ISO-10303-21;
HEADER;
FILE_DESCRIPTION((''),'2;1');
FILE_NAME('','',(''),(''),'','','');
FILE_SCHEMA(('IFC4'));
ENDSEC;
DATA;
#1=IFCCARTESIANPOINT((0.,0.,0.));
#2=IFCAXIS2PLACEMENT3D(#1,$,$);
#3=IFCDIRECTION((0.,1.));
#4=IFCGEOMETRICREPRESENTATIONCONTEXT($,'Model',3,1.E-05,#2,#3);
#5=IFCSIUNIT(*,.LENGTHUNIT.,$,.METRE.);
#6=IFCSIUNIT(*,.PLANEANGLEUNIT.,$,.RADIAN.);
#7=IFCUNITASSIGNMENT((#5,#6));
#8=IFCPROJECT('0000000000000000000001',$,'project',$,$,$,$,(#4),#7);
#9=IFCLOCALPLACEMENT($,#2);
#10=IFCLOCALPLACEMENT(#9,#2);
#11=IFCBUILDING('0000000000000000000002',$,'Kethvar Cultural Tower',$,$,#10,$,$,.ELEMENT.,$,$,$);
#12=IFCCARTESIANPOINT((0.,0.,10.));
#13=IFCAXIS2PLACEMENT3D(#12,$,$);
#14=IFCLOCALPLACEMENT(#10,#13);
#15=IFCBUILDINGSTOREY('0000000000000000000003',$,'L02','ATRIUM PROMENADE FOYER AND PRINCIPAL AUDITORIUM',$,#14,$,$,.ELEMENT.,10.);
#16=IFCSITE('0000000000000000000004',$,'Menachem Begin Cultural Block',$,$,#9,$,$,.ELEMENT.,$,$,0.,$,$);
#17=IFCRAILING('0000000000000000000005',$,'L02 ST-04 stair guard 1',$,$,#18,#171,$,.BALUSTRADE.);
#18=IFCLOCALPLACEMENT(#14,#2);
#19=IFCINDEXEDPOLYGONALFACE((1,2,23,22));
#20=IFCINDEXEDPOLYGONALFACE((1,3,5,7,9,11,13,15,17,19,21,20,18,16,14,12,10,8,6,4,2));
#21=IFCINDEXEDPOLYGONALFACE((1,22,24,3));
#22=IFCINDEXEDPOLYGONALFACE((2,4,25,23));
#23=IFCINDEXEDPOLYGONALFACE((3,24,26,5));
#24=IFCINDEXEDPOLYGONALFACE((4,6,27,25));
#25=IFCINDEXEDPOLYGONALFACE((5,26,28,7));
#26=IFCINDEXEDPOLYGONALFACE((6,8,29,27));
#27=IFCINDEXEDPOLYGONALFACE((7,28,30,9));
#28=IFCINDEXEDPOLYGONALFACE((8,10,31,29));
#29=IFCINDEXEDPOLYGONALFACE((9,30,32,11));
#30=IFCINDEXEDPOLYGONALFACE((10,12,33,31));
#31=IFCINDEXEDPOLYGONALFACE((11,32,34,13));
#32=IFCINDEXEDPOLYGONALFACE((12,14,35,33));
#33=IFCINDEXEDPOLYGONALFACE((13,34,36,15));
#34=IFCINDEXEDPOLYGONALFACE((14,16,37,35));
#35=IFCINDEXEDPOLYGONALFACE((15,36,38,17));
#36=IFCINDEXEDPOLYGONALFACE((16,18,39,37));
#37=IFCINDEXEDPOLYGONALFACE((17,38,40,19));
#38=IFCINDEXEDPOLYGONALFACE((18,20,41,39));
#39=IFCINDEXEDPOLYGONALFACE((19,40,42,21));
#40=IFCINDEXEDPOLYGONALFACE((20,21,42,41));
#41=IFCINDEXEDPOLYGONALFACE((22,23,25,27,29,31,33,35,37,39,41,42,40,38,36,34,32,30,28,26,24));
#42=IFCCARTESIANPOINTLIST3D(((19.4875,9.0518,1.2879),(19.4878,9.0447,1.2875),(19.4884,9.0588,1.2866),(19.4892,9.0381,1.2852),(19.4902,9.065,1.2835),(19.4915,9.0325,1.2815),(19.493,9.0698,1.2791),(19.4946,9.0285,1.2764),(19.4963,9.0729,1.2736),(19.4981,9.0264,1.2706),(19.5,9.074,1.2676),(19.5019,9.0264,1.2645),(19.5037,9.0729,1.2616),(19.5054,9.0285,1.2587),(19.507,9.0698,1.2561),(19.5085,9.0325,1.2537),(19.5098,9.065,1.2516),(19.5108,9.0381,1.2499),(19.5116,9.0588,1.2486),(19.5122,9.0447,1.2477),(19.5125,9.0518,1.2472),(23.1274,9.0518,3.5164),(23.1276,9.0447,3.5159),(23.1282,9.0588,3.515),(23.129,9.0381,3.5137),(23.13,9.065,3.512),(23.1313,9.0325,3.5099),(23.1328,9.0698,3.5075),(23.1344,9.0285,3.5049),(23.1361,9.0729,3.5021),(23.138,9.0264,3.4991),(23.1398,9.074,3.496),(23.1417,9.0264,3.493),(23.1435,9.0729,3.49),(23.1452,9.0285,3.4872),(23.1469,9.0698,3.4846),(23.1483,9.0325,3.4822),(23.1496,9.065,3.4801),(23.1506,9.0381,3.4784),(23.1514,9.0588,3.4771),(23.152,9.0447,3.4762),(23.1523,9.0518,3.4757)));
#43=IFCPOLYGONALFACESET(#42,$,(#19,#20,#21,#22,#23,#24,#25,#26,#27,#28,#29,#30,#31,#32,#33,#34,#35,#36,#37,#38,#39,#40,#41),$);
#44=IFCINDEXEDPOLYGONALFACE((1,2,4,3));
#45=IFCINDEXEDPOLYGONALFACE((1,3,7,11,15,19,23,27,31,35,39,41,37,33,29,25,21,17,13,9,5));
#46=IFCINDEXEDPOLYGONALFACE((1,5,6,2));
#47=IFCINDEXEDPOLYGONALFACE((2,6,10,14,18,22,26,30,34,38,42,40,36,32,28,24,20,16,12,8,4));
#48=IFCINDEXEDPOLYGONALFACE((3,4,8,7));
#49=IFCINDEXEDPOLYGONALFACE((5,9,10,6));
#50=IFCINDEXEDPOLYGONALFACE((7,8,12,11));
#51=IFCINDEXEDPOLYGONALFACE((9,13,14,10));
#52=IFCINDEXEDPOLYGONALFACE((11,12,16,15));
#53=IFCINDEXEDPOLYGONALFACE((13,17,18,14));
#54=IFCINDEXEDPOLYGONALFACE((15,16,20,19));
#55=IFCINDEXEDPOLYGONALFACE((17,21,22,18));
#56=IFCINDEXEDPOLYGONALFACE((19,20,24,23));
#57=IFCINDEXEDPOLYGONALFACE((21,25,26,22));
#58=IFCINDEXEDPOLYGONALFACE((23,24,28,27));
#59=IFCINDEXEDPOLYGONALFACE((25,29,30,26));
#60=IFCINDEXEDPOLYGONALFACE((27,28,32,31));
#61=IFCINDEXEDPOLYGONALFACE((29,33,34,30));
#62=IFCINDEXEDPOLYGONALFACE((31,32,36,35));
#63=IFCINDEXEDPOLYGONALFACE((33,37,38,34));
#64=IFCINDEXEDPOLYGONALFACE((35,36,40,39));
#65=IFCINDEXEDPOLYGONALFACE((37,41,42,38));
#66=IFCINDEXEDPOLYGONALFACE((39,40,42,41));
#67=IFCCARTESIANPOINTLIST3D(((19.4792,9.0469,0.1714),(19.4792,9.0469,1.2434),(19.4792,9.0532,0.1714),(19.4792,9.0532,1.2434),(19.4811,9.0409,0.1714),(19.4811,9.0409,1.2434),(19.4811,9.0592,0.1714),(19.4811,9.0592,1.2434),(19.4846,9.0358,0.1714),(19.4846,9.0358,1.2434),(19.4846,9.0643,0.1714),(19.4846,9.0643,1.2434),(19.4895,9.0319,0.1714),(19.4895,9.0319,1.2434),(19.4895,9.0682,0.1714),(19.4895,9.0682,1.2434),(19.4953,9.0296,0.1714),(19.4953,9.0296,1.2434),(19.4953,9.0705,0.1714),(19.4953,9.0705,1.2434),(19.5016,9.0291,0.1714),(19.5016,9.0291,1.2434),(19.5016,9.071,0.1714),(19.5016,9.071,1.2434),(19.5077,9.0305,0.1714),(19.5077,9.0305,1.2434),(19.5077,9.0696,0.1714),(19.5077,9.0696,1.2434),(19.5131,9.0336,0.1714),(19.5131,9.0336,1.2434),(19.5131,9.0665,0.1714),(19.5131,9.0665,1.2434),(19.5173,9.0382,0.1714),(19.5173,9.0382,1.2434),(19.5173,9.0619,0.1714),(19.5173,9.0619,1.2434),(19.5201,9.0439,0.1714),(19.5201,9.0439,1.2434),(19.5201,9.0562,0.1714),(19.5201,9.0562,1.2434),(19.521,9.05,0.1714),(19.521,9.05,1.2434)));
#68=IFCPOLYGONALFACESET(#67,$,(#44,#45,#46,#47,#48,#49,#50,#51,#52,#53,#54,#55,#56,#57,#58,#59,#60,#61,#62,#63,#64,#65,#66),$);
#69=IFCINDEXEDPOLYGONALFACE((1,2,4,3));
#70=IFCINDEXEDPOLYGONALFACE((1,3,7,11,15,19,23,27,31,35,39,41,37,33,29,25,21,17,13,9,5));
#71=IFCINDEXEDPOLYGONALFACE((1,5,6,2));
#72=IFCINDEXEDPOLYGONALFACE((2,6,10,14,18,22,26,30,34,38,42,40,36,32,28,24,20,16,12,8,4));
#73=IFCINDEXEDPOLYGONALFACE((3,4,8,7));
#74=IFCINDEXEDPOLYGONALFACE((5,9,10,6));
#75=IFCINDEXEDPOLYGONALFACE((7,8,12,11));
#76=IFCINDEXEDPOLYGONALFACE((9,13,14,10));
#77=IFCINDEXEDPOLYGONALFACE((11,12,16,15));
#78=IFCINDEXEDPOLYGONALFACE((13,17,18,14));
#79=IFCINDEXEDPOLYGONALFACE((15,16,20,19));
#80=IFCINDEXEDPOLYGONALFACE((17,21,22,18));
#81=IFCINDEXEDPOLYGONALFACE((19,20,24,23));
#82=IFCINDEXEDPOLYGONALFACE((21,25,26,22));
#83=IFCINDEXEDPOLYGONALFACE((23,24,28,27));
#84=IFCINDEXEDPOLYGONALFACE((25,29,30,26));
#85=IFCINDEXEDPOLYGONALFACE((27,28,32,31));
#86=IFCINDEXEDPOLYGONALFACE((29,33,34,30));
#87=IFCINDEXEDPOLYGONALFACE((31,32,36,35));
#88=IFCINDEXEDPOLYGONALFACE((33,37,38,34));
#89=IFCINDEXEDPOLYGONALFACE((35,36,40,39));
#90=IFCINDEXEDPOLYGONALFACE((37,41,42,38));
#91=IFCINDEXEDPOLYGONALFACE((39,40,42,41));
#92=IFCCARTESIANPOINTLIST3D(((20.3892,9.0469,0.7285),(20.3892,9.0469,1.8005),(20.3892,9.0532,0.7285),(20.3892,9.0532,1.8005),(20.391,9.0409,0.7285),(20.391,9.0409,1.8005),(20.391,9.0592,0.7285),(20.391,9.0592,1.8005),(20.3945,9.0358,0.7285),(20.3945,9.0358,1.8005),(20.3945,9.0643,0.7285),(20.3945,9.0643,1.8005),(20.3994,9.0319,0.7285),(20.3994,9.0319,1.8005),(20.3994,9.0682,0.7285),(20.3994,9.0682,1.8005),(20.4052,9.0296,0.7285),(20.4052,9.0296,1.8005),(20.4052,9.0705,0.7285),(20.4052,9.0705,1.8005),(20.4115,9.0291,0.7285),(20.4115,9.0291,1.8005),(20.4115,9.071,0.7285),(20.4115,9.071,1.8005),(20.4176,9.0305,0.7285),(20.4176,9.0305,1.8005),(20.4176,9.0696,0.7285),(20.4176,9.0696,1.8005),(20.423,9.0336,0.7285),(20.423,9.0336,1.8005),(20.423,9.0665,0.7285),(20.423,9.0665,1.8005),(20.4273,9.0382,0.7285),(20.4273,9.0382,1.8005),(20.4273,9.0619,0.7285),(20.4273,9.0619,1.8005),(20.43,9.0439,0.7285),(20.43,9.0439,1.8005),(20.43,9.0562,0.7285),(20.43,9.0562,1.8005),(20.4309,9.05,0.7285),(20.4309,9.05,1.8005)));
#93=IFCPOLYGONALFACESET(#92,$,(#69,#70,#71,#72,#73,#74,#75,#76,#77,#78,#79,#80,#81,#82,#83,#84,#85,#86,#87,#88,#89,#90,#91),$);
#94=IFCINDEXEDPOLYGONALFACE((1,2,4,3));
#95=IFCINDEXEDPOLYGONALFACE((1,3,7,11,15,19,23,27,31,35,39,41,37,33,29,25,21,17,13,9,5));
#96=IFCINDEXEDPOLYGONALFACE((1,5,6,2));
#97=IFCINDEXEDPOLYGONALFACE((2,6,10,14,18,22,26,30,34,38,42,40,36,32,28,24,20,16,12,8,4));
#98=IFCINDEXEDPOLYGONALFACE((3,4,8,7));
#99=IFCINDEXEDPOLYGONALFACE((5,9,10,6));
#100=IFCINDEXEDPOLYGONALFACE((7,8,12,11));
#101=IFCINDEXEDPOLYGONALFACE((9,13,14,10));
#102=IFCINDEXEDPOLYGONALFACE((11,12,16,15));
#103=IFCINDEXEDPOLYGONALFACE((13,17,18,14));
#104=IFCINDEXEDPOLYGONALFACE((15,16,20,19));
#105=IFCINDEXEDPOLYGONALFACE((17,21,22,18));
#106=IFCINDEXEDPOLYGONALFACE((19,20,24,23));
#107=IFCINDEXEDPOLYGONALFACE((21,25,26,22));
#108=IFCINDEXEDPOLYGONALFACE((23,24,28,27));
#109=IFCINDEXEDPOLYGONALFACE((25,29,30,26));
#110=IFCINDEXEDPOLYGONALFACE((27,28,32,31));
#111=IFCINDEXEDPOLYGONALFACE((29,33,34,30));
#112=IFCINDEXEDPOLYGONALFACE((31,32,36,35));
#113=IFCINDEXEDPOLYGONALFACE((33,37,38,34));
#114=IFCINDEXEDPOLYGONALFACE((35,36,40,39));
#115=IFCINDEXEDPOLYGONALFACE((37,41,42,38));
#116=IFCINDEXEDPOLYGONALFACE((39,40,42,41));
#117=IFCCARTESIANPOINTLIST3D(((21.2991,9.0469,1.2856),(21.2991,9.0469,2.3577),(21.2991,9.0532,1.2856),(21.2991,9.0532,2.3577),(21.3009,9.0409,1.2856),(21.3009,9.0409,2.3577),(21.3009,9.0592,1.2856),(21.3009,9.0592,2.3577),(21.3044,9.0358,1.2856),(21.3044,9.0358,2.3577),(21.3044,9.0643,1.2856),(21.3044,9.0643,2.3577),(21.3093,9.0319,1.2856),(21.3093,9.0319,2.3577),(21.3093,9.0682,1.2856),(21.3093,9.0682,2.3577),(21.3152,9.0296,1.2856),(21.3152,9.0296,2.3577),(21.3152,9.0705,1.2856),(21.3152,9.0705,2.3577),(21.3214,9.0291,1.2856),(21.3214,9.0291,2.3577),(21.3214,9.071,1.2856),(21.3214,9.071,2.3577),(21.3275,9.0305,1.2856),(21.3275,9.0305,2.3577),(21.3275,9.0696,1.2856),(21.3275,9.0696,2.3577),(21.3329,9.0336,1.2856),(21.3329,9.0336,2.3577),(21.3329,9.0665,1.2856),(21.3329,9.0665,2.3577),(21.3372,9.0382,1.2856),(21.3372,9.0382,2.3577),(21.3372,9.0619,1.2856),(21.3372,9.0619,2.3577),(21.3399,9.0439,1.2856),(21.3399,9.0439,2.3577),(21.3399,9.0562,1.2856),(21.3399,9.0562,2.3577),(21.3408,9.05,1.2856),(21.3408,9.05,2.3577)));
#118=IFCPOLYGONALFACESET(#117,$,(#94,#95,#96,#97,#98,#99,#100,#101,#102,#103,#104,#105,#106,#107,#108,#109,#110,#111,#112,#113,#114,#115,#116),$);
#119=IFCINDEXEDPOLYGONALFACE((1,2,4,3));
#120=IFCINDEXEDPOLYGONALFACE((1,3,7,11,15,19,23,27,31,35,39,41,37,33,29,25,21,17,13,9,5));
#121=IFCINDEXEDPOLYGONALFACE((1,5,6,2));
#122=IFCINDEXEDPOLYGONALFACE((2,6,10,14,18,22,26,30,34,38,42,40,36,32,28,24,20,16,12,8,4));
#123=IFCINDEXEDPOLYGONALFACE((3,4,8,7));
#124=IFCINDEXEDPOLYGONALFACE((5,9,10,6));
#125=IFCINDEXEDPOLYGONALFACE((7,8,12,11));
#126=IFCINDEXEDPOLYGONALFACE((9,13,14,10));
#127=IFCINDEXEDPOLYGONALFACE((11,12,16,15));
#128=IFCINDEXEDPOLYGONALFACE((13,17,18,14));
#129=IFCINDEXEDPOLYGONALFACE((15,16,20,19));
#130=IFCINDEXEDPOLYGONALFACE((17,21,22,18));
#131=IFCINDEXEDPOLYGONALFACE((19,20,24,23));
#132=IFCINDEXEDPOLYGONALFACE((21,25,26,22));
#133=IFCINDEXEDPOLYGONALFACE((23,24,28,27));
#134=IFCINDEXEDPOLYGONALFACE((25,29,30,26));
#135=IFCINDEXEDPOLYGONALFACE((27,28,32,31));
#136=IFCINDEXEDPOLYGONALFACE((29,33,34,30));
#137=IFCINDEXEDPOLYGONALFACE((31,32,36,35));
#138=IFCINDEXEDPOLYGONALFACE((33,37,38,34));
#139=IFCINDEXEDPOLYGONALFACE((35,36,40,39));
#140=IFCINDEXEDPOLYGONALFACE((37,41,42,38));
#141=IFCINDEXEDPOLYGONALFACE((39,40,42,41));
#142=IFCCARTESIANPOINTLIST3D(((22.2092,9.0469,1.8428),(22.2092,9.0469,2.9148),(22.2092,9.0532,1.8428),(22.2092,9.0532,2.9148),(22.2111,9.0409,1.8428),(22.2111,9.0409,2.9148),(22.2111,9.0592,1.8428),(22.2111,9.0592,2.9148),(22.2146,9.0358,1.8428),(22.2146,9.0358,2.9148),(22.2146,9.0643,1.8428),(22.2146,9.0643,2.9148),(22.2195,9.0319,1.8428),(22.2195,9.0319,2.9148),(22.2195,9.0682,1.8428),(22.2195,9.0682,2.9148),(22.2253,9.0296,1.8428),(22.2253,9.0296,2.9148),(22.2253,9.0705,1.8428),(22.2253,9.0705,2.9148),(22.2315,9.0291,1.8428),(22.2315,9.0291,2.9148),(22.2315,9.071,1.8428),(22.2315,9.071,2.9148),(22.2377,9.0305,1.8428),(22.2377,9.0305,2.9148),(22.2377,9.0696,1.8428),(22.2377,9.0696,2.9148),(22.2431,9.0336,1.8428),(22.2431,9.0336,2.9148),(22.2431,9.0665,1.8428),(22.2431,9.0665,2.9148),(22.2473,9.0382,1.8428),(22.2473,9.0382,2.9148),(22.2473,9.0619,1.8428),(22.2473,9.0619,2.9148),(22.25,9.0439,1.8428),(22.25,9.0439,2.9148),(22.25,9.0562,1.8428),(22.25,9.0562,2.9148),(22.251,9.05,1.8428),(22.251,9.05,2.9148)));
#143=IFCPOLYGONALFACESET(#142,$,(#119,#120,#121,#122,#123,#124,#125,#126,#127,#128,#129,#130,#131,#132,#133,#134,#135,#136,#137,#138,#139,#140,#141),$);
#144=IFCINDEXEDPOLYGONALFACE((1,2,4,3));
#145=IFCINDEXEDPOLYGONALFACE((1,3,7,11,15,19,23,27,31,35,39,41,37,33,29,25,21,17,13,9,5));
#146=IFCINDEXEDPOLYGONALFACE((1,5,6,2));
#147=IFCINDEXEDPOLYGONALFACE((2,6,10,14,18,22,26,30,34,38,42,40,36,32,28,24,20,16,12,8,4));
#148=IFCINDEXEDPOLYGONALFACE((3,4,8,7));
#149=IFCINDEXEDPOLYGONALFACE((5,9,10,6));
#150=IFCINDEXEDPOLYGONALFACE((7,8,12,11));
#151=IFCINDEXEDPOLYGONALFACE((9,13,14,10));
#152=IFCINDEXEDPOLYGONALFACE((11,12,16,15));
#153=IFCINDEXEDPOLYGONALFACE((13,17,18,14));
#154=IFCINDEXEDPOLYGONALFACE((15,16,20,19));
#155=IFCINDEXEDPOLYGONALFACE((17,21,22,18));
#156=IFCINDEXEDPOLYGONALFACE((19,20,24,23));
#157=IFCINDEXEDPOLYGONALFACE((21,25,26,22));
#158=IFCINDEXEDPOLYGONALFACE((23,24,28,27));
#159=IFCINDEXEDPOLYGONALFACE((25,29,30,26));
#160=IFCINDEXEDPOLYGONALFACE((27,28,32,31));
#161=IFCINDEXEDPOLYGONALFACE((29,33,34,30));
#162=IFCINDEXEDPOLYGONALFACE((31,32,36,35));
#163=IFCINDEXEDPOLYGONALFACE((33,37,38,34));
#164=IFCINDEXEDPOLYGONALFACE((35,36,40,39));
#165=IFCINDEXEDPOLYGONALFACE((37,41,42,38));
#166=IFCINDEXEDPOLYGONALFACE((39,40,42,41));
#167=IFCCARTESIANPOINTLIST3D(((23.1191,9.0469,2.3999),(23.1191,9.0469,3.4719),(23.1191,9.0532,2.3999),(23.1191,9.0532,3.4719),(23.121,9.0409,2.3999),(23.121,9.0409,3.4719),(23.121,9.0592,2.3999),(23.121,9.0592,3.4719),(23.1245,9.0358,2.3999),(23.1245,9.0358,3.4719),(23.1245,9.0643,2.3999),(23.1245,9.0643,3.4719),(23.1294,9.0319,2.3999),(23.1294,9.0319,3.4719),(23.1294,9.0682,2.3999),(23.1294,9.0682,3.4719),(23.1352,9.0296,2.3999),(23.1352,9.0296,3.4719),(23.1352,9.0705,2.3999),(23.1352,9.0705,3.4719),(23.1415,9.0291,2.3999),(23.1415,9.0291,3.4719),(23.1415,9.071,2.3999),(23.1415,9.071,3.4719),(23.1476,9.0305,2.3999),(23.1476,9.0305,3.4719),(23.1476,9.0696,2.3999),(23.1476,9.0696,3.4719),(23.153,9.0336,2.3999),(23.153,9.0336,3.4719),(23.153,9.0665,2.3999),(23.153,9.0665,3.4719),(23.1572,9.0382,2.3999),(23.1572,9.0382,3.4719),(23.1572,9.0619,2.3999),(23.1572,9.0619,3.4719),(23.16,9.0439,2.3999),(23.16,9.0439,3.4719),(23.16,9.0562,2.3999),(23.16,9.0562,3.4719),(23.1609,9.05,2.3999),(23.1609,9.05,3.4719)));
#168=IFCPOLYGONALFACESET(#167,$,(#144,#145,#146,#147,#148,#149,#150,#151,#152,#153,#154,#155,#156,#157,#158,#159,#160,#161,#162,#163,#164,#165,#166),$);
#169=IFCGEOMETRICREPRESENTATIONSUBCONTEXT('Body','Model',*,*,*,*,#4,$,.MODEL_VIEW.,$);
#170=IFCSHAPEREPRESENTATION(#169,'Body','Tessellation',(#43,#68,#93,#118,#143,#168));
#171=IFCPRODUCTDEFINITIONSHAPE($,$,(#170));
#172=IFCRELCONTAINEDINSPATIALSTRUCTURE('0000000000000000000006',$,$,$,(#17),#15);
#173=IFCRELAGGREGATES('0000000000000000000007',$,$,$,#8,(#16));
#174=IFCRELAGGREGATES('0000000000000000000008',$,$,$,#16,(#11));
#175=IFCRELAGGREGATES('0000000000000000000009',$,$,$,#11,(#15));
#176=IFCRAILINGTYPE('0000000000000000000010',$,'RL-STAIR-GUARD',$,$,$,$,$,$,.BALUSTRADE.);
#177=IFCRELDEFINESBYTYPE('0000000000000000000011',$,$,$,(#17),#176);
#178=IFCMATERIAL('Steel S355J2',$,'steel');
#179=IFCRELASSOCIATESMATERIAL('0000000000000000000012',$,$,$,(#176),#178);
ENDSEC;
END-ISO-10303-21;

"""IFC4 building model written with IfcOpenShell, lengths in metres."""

from ifc_helpers import new_model, si_unit, direction, frame, origin, origin_2d, place, context, subcontext, project, spatial, circle, extrude, material, type_object, element, save


model = new_model("IFC4")

# Units and contexts
model_context = context("Model", 3, precision=1e-05, world=origin(), true_north=direction((0.0, 1.0)))
body_context = subcontext(model_context, "Body", "Model", "MODEL_VIEW")
ifc_project = project(units=[si_unit("LENGTHUNIT", "METRE"), si_unit("PLANEANGLEUNIT", "RADIAN")], contexts=[model_context])

# Site, building, storey
site_placement = place(None, origin())
site = spatial("IfcSite", under=ifc_project, at=site_placement, Name="Menachem Begin Cultural Block", CompositionType="ELEMENT", RefElevation=0.0)
building_placement = place(site_placement, origin())
building = spatial("IfcBuilding", under=site, at=building_placement, Name="Kethvar Cultural Tower", CompositionType="ELEMENT")
storey_placement = place(building_placement, frame((0.0, 0.0, 10.0)))
storey = spatial("IfcBuildingStorey", under=building, at=storey_placement, Name="L02", Description="ATRIUM PROMENADE FOYER AND PRINCIPAL AUDITORIUM", CompositionType="ELEMENT", Elevation=10.0)

# Shared definitions
ifc_material_1 = material(Name="Steel S355J2", Category="steel")

# Railing
railing_type_1 = type_object("IfcRailingType", Name="RL-STAIR-GUARD", PredefinedType="BALUSTRADE", material=ifc_material_1)
railing_1_placement = place(storey_placement, frame((19.5, 9.05, 0.1714)))
element("IfcRailing", 1, at=railing_1_placement, inside=storey, type_object=railing_type_1, Name="L02 ST-04 stair guard 1", PredefinedType="BALUSTRADE", context=body_context, shape_type="SweptSolid", body=[
    extrude(circle(Radius=0.0239, at=origin_2d()), frame((0.0, 0.0, 1.0962), z_axis=(0.85285, 0.0, 0.522156), x_axis=(0.0, 1.0, 0.0)), (0.0, 0.0, 1.0), 4.2678),
    extrude(circle(Radius=0.021, at=origin_2d()), origin(), (0.0, 0.0, 1.0), 1.072),
    extrude(circle(Radius=0.021, at=origin_2d()), frame((0.9099, 0.0, 0.5571)), (0.0, 0.0, 1.0), 1.072),
    extrude(circle(Radius=0.021, at=origin_2d()), frame((1.8198, 0.0, 1.1143)), (0.0, 0.0, 1.0), 1.072),
    extrude(circle(Radius=0.021, at=origin_2d()), frame((2.73, 0.0, 1.6714)), (0.0, 0.0, 1.0), 1.072),
    extrude(circle(Radius=0.021, at=origin_2d()), frame((3.6399, 0.0, 2.2285)), (0.0, 0.0, 1.0), 1.072),
])

save(model, "model.ifc")
